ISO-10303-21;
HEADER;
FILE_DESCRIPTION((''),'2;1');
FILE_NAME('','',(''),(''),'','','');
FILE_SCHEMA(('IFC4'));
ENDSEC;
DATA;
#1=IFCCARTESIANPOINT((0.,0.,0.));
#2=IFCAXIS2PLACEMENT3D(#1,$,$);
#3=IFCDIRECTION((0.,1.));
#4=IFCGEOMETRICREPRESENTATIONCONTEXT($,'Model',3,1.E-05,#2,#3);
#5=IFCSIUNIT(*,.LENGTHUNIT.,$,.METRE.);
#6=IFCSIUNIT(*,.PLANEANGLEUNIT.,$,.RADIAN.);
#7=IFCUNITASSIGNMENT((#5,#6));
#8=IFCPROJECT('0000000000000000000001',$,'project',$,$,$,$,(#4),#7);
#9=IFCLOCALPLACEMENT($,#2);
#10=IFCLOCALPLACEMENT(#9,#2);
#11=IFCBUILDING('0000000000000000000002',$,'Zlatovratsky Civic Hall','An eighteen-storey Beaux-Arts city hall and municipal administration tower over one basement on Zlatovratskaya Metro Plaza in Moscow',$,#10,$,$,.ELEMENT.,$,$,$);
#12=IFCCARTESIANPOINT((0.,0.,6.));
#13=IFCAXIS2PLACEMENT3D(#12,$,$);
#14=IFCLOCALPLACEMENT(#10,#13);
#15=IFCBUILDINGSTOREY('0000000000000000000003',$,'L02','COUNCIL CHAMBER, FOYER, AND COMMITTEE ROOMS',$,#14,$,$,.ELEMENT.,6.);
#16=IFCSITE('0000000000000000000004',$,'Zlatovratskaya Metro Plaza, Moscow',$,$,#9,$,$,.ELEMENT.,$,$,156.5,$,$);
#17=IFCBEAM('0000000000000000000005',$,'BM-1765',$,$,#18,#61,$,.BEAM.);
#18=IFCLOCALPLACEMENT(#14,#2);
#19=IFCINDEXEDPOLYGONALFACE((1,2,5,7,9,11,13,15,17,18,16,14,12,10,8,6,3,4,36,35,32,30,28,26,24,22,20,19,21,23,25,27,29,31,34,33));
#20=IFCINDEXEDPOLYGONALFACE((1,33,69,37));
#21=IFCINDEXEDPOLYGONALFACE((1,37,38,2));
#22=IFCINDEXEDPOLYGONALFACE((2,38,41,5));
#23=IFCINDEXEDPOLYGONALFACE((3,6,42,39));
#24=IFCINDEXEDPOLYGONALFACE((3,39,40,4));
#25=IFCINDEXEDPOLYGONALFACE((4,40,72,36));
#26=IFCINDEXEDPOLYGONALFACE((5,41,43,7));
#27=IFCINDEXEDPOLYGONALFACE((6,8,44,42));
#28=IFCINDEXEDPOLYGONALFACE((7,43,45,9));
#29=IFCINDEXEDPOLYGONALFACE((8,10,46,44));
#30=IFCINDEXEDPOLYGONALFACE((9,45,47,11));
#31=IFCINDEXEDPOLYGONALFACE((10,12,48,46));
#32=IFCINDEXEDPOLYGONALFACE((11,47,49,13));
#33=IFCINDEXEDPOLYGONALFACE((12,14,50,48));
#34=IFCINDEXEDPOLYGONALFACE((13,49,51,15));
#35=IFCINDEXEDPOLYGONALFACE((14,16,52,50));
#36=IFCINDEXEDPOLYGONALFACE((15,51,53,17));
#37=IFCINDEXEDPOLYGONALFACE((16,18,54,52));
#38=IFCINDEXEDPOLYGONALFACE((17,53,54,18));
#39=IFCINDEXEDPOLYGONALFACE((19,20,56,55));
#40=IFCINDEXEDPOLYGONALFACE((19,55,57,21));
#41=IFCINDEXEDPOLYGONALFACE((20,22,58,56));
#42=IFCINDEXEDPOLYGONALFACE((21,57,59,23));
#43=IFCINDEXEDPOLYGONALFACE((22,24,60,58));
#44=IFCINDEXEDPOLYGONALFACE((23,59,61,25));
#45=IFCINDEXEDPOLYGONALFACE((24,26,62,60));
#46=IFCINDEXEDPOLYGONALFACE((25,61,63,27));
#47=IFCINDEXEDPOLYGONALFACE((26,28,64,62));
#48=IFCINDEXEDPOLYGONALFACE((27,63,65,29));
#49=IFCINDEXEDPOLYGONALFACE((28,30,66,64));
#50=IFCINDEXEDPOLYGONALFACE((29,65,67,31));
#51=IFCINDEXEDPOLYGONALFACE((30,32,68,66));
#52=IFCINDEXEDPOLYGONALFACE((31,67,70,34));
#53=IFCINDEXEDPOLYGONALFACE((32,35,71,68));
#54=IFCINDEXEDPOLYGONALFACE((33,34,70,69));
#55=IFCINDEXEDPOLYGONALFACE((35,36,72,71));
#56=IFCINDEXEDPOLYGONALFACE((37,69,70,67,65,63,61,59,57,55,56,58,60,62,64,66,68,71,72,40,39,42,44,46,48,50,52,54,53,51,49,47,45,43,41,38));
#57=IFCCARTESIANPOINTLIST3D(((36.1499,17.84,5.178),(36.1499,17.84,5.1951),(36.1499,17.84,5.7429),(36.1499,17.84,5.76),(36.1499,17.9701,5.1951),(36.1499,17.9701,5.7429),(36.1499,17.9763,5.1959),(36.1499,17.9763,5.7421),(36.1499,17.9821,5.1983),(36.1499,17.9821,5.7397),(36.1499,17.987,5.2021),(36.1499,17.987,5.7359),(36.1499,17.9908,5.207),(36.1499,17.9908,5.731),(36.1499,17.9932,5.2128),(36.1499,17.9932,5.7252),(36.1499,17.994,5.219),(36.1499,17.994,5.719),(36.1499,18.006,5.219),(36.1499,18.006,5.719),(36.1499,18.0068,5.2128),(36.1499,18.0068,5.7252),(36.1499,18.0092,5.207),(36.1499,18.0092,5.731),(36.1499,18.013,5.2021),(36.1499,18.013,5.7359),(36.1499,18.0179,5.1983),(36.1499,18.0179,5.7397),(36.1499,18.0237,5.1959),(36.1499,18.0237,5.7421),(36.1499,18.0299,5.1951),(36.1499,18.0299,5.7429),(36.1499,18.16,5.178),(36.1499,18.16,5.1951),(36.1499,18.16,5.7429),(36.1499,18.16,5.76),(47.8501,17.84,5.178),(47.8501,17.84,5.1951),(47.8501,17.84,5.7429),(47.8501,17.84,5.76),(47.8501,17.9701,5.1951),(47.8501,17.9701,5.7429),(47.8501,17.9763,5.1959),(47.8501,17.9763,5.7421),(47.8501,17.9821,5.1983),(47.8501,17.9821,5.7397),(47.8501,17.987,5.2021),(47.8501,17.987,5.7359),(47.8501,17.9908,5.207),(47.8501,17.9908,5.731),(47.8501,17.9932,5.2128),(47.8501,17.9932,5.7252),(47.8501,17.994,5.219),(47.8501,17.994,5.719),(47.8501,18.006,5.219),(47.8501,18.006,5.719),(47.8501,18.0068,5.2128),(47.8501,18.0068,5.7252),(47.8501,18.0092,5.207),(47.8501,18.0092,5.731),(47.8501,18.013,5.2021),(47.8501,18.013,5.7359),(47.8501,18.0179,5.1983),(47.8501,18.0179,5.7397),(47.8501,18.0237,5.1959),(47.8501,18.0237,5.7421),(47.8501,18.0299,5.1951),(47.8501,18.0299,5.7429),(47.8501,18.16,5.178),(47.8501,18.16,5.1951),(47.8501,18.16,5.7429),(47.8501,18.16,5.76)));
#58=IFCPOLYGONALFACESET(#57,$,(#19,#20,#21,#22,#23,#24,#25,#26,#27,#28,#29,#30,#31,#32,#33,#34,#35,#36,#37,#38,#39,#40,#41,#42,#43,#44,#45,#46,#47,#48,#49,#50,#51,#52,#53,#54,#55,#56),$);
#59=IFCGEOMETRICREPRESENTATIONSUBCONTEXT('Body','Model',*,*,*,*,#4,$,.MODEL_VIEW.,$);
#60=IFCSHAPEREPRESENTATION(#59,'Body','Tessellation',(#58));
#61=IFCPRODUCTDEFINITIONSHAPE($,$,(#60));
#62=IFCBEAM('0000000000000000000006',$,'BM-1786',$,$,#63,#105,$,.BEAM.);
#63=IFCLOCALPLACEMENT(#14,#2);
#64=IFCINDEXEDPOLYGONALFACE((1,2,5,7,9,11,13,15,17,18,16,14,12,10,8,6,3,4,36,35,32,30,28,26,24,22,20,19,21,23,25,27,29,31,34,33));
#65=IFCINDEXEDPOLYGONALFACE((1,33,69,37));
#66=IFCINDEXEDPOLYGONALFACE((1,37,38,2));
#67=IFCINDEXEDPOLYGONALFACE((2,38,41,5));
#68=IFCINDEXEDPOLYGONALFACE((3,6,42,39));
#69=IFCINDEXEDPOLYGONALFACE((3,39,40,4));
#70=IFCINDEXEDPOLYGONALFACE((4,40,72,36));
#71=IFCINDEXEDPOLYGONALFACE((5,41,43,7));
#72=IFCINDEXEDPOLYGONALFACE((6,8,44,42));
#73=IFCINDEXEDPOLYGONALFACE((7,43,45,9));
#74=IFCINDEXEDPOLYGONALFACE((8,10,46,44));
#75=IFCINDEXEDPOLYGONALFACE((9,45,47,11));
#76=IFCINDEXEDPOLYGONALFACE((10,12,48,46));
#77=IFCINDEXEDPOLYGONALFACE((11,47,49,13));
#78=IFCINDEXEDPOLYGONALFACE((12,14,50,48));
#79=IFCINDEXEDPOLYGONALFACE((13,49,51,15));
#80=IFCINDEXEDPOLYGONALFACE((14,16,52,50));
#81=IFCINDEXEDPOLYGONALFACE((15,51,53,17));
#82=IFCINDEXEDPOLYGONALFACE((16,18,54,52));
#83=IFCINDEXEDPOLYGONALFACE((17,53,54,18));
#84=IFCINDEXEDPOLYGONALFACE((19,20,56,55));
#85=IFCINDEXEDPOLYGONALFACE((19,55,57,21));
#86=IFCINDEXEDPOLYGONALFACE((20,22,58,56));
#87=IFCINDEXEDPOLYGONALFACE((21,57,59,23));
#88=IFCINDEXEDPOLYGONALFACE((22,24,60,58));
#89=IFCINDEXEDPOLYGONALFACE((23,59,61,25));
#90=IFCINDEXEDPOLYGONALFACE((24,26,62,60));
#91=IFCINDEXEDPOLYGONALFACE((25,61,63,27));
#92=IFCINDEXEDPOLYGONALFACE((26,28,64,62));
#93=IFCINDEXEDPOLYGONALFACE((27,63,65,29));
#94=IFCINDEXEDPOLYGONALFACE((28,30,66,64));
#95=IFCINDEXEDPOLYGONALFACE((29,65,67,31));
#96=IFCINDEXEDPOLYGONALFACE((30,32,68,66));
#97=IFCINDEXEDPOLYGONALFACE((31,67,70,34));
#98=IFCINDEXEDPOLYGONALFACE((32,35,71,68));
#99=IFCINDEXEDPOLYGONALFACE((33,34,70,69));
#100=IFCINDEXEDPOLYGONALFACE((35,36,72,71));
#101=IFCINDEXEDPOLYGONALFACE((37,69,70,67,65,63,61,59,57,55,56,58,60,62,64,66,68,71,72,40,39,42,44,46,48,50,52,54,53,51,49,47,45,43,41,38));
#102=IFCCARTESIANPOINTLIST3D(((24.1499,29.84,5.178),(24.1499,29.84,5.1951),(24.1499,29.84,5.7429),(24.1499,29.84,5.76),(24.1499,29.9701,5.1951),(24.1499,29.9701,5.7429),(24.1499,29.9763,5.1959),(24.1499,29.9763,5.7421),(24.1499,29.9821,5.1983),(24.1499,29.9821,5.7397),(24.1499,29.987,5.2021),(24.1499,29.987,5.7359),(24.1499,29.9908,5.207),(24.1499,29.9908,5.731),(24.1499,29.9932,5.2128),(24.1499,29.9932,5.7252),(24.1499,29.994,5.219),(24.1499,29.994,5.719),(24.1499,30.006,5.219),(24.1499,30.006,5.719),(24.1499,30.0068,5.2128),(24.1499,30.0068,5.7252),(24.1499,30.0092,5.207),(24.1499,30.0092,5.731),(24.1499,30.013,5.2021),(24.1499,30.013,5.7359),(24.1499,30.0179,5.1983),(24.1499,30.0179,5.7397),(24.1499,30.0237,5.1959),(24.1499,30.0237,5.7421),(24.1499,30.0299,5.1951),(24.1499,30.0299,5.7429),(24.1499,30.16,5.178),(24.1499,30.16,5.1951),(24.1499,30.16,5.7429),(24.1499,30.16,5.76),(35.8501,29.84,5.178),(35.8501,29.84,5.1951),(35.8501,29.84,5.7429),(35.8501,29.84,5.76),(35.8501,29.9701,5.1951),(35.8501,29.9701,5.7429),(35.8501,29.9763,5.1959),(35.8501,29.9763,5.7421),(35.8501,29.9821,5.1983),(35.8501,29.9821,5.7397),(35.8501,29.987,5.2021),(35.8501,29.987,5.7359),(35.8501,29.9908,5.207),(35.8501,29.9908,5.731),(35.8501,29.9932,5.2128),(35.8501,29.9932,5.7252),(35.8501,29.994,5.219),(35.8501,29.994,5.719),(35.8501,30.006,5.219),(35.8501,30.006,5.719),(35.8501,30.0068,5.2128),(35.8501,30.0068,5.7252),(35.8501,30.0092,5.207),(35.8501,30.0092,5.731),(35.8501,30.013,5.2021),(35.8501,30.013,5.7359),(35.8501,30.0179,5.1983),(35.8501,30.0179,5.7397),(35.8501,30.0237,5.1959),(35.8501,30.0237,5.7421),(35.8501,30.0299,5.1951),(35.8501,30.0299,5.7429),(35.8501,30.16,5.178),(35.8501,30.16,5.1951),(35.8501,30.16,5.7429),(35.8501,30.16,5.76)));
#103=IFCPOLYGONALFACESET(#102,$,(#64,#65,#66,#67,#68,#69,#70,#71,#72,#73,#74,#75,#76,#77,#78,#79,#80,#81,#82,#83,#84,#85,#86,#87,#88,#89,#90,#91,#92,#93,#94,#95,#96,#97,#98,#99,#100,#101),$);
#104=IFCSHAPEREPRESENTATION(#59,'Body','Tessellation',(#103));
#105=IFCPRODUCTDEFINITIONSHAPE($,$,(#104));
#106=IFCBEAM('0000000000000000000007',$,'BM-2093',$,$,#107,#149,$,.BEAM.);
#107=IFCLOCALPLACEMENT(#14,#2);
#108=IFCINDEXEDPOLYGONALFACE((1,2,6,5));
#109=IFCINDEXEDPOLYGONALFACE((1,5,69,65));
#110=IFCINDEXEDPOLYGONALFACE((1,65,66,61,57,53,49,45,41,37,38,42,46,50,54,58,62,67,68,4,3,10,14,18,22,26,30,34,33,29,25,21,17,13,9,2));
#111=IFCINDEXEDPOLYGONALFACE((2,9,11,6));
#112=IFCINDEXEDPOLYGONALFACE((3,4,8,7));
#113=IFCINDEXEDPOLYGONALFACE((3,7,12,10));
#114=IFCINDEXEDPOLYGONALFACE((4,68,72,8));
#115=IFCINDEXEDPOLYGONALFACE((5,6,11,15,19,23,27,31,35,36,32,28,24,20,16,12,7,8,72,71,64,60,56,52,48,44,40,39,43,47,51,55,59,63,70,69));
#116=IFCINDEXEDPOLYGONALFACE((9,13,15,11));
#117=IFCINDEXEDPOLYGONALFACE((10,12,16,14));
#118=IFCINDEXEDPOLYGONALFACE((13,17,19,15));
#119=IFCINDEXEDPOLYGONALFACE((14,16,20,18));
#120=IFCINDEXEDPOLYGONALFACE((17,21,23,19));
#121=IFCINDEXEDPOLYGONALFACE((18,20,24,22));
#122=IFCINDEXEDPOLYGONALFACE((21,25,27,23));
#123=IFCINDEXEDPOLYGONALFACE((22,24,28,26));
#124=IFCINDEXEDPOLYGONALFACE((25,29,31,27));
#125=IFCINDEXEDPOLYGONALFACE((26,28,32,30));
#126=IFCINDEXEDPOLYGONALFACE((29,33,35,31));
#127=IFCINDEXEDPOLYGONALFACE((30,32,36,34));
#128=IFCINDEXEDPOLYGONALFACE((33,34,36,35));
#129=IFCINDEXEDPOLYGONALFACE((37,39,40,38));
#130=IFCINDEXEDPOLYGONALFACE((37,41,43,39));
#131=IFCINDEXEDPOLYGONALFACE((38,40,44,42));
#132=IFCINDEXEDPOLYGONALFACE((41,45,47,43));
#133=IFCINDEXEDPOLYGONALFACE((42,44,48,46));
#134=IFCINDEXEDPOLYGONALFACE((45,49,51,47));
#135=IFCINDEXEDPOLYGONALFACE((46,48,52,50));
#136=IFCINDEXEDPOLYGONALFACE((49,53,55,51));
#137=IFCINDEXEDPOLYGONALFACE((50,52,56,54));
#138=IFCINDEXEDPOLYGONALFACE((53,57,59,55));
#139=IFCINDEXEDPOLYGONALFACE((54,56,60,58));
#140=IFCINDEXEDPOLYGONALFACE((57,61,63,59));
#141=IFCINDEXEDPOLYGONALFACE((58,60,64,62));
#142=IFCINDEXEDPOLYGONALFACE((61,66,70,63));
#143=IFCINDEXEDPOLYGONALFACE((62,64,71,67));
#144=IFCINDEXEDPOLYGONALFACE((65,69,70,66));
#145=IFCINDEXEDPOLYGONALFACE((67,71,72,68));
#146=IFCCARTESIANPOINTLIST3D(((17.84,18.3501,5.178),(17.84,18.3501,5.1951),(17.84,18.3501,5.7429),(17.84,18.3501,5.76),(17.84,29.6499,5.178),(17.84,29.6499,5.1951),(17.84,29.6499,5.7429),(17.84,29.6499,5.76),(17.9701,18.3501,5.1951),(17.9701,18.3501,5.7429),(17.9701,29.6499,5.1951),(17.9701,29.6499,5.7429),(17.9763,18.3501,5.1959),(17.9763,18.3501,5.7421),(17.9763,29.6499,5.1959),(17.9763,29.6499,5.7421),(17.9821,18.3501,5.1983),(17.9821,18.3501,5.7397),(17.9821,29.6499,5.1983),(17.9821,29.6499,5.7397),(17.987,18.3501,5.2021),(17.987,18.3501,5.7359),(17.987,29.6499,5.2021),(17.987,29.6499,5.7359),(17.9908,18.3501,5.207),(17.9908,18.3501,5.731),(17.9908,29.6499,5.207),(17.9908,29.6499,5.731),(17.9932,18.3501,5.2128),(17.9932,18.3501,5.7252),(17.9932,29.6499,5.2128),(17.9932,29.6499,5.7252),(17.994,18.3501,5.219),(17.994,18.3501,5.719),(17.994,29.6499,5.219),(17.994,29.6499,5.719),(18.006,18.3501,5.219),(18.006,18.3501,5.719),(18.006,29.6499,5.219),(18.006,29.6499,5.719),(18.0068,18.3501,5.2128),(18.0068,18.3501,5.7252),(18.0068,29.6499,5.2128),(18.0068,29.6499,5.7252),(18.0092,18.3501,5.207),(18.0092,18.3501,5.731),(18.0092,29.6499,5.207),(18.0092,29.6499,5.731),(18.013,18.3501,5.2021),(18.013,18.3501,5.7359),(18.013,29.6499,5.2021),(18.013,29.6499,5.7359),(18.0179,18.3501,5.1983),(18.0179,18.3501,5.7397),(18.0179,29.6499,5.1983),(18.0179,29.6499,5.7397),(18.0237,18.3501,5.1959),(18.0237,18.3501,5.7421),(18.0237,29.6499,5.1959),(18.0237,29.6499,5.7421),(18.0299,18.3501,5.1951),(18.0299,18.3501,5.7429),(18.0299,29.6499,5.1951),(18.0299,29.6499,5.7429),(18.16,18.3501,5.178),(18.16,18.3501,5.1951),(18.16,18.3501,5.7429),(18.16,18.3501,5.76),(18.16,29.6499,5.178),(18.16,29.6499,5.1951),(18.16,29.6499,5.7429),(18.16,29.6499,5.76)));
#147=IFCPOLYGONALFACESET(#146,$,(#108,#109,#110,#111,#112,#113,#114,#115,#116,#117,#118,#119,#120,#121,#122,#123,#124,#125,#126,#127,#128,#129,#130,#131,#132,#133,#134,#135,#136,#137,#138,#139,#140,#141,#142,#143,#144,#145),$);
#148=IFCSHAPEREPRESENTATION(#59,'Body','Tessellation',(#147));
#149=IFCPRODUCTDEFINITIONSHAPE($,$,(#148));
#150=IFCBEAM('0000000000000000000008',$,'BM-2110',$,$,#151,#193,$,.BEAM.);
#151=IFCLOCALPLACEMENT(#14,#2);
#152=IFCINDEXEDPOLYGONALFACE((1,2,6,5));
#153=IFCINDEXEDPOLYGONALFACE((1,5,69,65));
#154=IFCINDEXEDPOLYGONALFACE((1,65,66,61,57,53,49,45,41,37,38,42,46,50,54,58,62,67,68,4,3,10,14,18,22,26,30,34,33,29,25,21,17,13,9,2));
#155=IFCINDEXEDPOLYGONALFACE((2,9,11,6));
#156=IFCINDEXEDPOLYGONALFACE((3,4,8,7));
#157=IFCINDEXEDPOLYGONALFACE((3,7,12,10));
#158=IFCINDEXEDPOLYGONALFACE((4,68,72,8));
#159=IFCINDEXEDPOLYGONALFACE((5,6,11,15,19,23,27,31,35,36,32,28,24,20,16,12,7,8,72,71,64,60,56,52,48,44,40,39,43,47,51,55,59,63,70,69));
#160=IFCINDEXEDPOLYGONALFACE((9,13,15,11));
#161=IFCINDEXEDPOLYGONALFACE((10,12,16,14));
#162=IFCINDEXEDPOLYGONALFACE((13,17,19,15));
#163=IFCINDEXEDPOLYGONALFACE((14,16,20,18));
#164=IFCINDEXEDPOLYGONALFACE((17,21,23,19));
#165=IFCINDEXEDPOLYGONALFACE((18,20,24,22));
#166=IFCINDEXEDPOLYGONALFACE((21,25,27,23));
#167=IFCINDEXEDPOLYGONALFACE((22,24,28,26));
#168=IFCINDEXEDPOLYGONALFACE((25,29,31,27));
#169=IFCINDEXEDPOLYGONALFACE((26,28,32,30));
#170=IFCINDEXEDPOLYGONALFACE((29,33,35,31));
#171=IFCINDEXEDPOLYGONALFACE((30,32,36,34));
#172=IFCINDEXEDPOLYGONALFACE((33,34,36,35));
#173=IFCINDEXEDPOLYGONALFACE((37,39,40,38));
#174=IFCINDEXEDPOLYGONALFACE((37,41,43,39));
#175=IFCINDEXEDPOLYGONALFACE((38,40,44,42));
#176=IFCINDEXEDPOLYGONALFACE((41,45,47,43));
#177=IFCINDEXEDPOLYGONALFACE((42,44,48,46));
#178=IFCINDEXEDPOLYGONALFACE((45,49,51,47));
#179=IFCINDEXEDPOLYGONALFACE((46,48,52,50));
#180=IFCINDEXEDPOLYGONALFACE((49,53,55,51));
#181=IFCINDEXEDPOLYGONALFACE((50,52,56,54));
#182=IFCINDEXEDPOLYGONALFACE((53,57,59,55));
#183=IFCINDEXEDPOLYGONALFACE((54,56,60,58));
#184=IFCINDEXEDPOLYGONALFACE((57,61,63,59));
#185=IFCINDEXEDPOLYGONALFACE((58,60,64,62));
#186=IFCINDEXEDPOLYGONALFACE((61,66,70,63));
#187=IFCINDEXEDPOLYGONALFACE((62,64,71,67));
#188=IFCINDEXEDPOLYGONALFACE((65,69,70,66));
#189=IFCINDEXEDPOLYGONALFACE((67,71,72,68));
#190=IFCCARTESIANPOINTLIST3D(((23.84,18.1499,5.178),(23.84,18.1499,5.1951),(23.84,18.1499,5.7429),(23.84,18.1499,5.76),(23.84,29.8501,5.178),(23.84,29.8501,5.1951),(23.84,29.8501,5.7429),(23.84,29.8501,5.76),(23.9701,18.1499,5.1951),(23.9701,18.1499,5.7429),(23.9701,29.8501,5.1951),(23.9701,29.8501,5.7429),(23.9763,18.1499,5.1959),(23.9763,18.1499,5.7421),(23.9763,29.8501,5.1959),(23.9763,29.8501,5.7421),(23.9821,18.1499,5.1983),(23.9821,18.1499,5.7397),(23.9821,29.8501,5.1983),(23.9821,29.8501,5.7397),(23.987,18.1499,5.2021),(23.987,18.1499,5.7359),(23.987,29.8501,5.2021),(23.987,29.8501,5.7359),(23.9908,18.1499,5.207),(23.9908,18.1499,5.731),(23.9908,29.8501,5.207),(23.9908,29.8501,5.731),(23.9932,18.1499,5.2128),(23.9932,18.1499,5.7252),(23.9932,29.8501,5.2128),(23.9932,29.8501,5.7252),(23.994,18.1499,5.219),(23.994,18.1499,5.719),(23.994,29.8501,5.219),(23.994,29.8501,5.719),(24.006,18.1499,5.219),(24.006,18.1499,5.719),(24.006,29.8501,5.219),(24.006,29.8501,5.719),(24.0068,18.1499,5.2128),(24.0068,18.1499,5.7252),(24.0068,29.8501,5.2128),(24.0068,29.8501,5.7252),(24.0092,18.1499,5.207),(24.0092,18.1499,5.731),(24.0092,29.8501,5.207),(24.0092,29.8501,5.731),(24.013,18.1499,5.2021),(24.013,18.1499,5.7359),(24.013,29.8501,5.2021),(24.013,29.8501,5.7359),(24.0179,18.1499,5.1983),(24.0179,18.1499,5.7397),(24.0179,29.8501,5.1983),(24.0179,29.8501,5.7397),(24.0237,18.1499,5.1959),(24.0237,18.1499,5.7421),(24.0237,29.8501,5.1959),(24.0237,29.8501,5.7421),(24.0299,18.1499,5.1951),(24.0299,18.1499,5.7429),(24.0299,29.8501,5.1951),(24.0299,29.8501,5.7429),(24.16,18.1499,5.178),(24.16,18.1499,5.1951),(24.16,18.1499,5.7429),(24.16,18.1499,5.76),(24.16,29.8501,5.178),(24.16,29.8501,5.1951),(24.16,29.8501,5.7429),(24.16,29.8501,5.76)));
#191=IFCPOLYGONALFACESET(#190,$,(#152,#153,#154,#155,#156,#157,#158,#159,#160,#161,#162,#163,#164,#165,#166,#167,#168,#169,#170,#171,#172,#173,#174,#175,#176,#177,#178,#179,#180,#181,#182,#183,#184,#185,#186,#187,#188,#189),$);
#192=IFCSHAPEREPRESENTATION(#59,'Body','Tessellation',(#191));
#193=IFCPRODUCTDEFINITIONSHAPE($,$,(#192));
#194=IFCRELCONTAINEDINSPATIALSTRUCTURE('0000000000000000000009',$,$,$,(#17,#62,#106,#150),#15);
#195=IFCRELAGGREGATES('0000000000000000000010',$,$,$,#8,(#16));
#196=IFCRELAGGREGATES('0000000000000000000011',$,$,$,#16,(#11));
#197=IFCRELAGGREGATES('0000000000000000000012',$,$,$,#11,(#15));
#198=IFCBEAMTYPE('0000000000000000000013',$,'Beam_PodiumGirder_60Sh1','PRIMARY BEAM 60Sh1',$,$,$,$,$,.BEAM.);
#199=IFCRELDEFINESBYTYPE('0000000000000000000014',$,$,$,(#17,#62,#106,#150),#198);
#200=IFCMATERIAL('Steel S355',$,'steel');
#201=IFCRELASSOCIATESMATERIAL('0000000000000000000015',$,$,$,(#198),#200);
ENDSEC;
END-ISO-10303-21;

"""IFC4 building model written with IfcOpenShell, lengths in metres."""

from ifc_helpers import new_model, si_unit, direction, frame, origin, origin_2d, place, context, subcontext, project, spatial, i_section, extrude, material, material_profile, profile_set, type_object, element, save


model = new_model("IFC4")

# Units and contexts
model_context = context("Model", 3, precision=1e-05, world=origin(), true_north=direction((0.0, 1.0)))
body_context = subcontext(model_context, "Body", "Model", "MODEL_VIEW")
ifc_project = project(units=[si_unit("LENGTHUNIT", "METRE"), si_unit("PLANEANGLEUNIT", "RADIAN")], contexts=[model_context])

# Site, building, storey
site_placement = place(None, origin())
site = spatial("IfcSite", under=ifc_project, at=site_placement, Name="Zlatovratskaya Metro Plaza, Moscow", CompositionType="ELEMENT", RefElevation=156.5)
building_placement = place(site_placement, origin())
building = spatial("IfcBuilding", under=site, at=building_placement, Name="Zlatovratsky Civic Hall", Description="An eighteen-storey Beaux-Arts city hall and municipal administration tower over one basement on Zlatovratskaya Metro Plaza in Moscow", CompositionType="ELEMENT")
storey_placement = place(building_placement, frame((0.0, 0.0, 6.0)))
storey = spatial("IfcBuildingStorey", under=building, at=storey_placement, Name="L02", Description="COUNCIL CHAMBER, FOYER, AND COMMITTEE ROOMS", CompositionType="ELEMENT", Elevation=6.0)

# Shared definitions
ifc_material_1 = material(Name="Steel S355", Category="steel")

# Beams
ifc_material_profile_1 = material_profile(ifc_material_1, i_section(OverallWidth=0.3201, OverallDepth=0.582, WebThickness=0.012, FlangeThickness=0.0171, FilletRadius=0.0239, at=origin_2d()), Name="60Sh1")
ifc_profile_set_1 = profile_set([ifc_material_profile_1], Name="Steel S355")
beam_type_1 = type_object("IfcBeamType", Name="Beam_PodiumGirder_60Sh1", Description="PRIMARY BEAM 60Sh1", PredefinedType="BEAM", material=ifc_profile_set_1)
for number, where, z_axis, x_axis, name in (
    (1, (36.1499, 18.0, 5.469), (1.0, 0.0, 0.0), (0.0, 1.0, 0.0), "BM-1765"),
    (2, (24.1499, 30.0, 5.469), (1.0, 0.0, 0.0), (0.0, 1.0, 0.0), "BM-1786"),
):
    element("IfcBeam", number, at=place(storey_placement, frame(where, z_axis=z_axis, x_axis=x_axis)), inside=storey, type_object=beam_type_1, Name=name, PredefinedType="BEAM", context=body_context, shape_type="SweptSolid", body=[
        extrude(i_section(OverallWidth=0.3201, OverallDepth=0.582, WebThickness=0.012, FlangeThickness=0.0171, FilletRadius=0.0239, at=origin_2d()), origin(), (0.0, 0.0, 1.0), 11.7002),
    ])
beam_1_placement = place(storey_placement, frame((18.0, 18.3501, 5.469), z_axis=(0.0, 1.0, 0.0), x_axis=(-1.0, 0.0, 0.0)))
element("IfcBeam", 3, at=beam_1_placement, inside=storey, type_object=beam_type_1, Name="BM-2093", PredefinedType="BEAM", context=body_context, shape_type="SweptSolid", body=[
    extrude(i_section(OverallWidth=0.3201, OverallDepth=0.582, WebThickness=0.012, FlangeThickness=0.0171, FilletRadius=0.0239, at=origin_2d()), origin(), (0.0, 0.0, 1.0), 11.2998),
])
for number, where, z_axis, x_axis, name in (
    (4, (24.0, 18.1499, 5.469), (0.0, 1.0, 0.0), (-1.0, 0.0, 0.0), "BM-2110"),
):
    element("IfcBeam", number, at=place(storey_placement, frame(where, z_axis=z_axis, x_axis=x_axis)), inside=storey, type_object=beam_type_1, Name=name, PredefinedType="BEAM", context=body_context, shape_type="SweptSolid", body=[
        extrude(i_section(OverallWidth=0.3201, OverallDepth=0.582, WebThickness=0.012, FlangeThickness=0.0171, FilletRadius=0.0239, at=origin_2d()), origin(), (0.0, 0.0, 1.0), 11.7002),
    ])

save(model, "model.ifc")
